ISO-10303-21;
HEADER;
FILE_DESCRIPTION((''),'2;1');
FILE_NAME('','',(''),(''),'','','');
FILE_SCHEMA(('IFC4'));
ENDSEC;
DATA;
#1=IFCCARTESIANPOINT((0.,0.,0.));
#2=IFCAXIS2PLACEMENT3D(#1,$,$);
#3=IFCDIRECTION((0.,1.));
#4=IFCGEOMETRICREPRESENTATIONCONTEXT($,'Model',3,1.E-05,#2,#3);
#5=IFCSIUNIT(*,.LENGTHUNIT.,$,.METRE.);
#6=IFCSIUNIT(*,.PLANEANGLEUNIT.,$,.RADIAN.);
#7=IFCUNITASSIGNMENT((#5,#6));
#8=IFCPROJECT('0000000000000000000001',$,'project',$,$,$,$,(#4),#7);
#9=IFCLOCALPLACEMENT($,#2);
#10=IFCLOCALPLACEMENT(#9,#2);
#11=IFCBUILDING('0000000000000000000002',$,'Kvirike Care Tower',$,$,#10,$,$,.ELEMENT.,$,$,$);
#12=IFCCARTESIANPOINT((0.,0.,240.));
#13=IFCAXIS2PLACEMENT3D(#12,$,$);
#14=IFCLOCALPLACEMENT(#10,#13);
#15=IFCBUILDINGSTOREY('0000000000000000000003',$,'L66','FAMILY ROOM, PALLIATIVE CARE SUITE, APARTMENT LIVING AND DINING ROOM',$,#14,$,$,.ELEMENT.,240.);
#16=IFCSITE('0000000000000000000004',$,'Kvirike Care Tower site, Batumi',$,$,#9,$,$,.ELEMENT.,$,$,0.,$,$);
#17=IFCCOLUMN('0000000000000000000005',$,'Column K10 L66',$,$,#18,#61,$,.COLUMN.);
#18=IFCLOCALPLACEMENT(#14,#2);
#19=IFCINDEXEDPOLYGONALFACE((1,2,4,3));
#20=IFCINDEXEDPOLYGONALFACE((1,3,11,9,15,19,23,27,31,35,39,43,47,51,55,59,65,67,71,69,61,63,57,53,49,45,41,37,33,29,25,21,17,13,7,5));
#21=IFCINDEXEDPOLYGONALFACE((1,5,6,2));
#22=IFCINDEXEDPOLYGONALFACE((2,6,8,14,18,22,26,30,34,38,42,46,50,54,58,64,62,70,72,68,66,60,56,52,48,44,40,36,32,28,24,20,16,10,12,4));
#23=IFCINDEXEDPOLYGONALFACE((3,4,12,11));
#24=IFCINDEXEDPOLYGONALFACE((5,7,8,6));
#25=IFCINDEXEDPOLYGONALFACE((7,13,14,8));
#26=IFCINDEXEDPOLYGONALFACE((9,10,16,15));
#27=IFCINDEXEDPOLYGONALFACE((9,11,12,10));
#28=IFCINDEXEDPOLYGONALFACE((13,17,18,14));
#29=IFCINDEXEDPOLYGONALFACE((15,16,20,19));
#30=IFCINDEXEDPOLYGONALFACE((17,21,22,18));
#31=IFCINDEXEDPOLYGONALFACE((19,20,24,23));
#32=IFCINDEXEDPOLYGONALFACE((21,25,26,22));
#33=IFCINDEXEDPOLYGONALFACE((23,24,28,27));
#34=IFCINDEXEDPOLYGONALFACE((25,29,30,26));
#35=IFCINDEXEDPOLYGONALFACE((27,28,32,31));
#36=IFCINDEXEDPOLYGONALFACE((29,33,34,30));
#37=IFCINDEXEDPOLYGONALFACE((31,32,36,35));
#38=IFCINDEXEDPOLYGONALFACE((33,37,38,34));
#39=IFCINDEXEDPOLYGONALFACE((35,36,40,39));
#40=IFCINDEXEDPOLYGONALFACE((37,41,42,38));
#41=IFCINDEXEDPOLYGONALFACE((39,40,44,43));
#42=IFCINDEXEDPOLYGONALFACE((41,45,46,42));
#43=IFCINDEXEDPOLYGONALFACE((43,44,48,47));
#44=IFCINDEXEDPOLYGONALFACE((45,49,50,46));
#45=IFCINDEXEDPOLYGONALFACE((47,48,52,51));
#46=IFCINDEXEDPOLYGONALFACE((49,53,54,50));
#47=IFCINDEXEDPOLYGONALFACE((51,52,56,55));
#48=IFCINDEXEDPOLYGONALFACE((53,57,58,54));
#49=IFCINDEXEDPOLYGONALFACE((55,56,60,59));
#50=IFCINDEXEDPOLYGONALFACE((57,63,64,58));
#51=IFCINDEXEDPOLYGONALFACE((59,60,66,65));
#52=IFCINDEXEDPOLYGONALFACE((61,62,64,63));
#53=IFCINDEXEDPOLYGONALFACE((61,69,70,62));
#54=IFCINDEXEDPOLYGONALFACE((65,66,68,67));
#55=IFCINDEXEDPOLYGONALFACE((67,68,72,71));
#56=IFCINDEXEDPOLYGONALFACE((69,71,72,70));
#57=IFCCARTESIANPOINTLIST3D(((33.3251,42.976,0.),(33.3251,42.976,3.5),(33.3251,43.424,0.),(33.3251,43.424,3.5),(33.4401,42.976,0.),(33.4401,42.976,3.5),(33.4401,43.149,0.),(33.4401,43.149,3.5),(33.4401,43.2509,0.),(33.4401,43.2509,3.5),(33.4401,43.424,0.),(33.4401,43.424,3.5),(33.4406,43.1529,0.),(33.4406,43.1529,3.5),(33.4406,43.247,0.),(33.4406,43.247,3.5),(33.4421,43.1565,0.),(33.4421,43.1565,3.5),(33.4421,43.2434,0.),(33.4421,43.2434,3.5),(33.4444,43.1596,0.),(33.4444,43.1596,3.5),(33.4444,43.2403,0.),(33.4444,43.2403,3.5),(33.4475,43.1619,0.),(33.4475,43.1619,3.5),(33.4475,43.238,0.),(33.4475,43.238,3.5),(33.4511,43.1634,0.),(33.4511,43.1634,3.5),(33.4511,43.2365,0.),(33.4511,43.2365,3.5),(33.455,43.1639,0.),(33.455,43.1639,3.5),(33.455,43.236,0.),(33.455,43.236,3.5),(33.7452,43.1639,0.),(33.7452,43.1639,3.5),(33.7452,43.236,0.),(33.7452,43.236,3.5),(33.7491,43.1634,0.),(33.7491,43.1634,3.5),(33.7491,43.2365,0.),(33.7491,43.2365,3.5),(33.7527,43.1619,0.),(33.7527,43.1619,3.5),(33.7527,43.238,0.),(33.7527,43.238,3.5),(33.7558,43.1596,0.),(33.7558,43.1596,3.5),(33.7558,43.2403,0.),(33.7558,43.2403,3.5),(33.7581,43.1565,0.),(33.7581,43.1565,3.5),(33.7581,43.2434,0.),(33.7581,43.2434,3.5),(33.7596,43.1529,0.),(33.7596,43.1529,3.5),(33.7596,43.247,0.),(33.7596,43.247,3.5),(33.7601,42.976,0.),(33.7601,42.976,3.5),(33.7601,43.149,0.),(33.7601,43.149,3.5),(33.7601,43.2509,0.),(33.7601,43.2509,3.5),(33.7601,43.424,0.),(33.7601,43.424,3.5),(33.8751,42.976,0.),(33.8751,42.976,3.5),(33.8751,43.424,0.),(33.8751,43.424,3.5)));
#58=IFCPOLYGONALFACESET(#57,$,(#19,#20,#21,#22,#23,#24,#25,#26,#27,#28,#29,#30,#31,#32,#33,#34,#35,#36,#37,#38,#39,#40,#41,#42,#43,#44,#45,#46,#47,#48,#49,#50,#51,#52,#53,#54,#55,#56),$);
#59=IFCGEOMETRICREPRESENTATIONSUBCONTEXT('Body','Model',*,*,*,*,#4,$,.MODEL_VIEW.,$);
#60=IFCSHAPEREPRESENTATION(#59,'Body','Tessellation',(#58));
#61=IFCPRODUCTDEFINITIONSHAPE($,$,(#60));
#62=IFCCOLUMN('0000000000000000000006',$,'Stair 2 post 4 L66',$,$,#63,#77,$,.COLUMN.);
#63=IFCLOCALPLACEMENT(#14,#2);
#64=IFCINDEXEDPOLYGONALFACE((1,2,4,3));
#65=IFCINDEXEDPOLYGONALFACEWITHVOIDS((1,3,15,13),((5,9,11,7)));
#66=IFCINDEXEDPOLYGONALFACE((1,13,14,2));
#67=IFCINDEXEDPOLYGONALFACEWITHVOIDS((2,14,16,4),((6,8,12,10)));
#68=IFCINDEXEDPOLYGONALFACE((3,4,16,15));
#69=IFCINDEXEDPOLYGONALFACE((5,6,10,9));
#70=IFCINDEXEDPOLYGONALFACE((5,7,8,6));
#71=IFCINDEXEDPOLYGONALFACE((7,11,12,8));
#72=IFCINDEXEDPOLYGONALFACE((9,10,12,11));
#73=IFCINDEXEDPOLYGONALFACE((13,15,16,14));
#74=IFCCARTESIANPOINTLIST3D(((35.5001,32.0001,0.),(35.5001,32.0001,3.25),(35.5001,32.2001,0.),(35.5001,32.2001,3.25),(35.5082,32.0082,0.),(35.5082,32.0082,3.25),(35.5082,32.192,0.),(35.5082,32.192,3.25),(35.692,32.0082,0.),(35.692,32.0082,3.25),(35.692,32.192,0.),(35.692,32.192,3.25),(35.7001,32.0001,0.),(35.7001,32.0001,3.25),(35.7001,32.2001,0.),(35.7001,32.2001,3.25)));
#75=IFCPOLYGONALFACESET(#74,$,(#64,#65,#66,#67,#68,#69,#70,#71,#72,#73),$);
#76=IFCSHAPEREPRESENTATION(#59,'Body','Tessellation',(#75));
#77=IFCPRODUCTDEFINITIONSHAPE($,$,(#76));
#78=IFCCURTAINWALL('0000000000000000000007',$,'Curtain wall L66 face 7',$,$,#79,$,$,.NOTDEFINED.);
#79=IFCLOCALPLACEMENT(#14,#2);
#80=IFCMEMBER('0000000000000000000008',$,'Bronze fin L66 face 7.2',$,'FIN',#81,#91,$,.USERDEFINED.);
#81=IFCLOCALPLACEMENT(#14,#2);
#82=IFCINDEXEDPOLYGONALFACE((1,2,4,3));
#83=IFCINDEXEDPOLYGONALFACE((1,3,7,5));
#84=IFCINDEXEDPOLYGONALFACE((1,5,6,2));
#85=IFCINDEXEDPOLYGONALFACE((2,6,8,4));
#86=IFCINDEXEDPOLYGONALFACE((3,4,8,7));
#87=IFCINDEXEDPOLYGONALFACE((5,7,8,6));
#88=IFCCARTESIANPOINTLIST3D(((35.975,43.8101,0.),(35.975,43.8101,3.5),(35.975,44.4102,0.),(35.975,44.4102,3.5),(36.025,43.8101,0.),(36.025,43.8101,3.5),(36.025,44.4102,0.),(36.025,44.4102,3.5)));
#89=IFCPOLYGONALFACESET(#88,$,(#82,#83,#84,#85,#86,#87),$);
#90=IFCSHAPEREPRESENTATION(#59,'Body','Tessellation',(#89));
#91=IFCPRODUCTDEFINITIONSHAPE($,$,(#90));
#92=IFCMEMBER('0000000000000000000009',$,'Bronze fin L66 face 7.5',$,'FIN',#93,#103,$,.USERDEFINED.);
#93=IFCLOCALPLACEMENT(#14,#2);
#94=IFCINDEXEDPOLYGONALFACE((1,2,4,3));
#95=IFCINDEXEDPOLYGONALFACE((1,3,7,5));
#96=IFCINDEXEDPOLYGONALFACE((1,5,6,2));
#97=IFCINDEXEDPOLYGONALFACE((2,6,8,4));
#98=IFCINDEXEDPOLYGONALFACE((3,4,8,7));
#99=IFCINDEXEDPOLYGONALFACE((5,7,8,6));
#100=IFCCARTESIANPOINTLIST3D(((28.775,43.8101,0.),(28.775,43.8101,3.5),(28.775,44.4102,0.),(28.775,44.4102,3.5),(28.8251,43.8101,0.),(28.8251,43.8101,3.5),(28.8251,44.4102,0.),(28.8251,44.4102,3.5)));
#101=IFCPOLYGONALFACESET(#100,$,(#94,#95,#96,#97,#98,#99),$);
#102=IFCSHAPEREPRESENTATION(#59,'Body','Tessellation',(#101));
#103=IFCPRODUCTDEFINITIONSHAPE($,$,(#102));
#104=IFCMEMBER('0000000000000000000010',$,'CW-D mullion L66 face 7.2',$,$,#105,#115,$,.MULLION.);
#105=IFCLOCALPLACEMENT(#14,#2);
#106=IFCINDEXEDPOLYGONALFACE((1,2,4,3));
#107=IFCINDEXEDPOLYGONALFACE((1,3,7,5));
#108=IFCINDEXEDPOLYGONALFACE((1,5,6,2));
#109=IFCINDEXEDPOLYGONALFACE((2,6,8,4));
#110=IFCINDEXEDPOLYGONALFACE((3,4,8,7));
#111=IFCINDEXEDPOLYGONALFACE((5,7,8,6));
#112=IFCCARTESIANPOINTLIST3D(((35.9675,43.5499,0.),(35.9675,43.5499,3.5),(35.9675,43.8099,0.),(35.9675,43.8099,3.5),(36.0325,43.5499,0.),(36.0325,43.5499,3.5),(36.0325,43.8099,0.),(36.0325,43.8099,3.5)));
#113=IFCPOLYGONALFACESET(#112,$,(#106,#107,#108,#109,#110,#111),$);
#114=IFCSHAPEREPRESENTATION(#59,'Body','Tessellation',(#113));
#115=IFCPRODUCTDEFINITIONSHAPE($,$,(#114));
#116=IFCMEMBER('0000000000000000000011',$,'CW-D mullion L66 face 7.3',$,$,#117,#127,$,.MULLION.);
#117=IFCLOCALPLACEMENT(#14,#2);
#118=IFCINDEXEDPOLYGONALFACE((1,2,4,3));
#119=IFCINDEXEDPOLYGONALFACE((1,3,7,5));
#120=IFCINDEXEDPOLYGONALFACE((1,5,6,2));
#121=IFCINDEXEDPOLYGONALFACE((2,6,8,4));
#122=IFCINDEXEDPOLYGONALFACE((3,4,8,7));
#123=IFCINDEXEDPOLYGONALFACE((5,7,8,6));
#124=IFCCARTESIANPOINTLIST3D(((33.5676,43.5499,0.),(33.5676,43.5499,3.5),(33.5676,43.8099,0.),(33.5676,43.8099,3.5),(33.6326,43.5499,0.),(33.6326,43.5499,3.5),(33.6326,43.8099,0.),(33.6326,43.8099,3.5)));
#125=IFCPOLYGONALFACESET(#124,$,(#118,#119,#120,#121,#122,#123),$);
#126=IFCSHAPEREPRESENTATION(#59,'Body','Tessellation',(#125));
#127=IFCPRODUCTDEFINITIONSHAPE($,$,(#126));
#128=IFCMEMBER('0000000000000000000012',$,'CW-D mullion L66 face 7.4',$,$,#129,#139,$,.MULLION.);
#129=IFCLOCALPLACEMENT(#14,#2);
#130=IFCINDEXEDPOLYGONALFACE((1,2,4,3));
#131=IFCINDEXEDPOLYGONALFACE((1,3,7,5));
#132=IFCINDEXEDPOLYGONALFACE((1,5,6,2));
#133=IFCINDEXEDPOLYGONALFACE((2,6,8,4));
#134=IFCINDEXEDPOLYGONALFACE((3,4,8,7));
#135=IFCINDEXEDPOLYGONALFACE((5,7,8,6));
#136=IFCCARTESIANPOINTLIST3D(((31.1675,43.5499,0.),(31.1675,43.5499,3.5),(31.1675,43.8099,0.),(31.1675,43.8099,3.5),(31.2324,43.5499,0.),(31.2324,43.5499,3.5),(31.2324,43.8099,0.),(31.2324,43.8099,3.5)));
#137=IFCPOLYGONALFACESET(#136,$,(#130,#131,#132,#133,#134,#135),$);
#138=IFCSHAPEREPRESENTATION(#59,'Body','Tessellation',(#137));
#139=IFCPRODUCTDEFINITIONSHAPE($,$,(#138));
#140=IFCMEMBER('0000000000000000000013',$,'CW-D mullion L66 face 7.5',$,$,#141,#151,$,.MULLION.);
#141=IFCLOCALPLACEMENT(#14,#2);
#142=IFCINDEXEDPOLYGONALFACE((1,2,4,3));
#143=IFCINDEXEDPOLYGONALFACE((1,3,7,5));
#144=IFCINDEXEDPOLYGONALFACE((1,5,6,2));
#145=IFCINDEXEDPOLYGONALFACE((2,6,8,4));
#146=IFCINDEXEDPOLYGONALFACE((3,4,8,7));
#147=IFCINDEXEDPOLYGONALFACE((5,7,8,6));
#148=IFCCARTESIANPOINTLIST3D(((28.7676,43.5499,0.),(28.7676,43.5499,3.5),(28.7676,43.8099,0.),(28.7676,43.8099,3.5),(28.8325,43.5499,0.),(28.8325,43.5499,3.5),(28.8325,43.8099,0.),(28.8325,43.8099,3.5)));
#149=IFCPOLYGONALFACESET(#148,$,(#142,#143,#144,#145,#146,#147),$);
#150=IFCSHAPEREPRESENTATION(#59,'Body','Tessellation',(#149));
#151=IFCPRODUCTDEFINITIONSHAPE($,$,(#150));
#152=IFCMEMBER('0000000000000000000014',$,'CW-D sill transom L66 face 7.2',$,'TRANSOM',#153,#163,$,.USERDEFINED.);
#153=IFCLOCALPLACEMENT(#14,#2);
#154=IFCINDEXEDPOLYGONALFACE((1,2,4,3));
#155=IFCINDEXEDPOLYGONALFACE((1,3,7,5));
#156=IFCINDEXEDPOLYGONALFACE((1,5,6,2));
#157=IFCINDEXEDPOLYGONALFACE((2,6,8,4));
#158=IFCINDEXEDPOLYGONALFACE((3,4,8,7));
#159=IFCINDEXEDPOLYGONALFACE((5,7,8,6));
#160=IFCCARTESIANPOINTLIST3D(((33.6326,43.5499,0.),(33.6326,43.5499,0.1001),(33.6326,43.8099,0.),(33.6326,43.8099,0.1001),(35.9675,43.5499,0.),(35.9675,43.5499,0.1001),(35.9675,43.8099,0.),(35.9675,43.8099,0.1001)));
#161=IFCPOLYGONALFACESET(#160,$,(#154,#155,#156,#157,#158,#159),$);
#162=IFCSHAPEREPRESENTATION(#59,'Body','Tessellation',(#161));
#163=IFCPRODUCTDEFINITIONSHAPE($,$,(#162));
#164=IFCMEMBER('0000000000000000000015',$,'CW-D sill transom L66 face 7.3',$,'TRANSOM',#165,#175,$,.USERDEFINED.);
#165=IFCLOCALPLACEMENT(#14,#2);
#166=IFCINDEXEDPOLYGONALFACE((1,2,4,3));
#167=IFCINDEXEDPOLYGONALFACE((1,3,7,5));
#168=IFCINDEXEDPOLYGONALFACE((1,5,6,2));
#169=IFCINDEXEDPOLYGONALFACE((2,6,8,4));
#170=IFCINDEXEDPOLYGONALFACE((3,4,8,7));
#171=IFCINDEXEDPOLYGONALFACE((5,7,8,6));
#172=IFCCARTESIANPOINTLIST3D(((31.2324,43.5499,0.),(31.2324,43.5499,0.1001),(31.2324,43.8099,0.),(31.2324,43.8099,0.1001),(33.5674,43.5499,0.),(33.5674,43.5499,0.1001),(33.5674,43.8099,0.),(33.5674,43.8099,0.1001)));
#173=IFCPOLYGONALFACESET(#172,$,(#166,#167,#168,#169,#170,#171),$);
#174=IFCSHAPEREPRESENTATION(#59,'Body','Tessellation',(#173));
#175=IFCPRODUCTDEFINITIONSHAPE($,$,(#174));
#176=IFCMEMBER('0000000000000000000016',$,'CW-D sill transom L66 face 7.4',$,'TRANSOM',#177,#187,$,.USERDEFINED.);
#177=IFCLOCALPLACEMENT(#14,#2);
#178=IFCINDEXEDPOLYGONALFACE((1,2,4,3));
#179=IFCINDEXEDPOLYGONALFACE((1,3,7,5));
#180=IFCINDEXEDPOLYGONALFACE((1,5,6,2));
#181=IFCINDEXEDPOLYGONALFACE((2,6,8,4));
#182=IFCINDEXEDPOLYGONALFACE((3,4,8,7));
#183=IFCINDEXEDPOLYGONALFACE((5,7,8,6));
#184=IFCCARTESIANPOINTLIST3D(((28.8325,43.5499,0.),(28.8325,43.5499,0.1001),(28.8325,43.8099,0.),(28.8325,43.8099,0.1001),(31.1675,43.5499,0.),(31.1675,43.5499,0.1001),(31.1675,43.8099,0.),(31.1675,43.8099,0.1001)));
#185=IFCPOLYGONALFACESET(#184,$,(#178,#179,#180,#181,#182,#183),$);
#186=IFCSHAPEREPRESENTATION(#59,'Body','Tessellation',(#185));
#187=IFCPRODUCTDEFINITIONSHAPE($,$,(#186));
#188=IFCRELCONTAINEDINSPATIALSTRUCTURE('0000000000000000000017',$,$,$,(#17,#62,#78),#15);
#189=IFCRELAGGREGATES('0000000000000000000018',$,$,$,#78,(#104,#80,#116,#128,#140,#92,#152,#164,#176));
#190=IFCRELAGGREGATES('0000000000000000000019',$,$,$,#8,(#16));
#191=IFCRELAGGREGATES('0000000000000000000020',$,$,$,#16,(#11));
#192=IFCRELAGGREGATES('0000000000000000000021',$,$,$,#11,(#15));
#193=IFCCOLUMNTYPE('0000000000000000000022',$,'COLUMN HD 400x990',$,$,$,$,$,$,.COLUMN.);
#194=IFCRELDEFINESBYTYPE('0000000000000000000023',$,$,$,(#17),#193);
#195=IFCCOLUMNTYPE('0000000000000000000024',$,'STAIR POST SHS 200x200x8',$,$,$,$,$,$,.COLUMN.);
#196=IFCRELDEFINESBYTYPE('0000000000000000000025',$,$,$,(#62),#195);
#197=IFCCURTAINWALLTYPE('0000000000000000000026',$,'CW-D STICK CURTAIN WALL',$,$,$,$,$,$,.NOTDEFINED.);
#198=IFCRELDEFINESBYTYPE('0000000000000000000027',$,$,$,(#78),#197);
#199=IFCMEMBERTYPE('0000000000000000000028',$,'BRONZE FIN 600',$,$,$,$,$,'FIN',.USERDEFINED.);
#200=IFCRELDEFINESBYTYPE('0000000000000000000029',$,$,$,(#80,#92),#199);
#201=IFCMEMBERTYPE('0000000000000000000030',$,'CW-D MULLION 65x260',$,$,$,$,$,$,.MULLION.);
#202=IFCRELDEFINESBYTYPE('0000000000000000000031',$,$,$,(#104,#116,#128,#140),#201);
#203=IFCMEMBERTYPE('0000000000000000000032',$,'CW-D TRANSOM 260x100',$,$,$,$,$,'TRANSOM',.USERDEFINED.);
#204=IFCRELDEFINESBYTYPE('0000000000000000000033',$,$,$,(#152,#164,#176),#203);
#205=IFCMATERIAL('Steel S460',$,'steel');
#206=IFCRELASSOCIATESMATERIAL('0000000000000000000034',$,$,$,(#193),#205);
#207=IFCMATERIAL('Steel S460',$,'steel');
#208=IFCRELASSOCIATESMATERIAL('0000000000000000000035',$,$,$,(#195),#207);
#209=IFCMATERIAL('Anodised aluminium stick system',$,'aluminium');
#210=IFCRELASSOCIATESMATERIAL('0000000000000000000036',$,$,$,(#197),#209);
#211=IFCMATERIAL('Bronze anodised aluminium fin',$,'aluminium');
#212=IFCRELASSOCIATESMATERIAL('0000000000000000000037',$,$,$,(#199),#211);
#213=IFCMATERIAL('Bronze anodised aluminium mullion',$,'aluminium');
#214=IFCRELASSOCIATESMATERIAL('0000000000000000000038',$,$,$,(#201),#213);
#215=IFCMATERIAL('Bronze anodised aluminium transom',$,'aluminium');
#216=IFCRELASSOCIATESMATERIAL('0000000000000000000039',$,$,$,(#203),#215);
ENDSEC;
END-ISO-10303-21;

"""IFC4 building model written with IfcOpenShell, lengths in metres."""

from ifc_helpers import new_model, si_unit, direction, frame, origin, origin_2d, place, context, subcontext, project, spatial, rectangle, hollow_rectangle, i_section, extrude, material, material_profile, profile_set, type_object, element, aggregate, save


model = new_model("IFC4")

# Units and contexts
model_context = context("Model", 3, precision=1e-05, world=origin(), true_north=direction((0.0, 1.0)))
body_context = subcontext(model_context, "Body", "Model", "MODEL_VIEW")
ifc_project = project(units=[si_unit("LENGTHUNIT", "METRE"), si_unit("PLANEANGLEUNIT", "RADIAN")], contexts=[model_context])

# Site, building, storey
site_placement = place(None, origin())
site = spatial("IfcSite", under=ifc_project, at=site_placement, Name="Kvirike Care Tower site, Batumi", CompositionType="ELEMENT", RefElevation=0.0)
building_placement = place(site_placement, origin())
building = spatial("IfcBuilding", under=site, at=building_placement, Name="Kvirike Care Tower", CompositionType="ELEMENT")
storey_placement = place(building_placement, frame((0.0, 0.0, 240.0)))
storey = spatial("IfcBuildingStorey", under=building, at=storey_placement, Name="L66", Description="FAMILY ROOM, PALLIATIVE CARE SUITE, APARTMENT LIVING AND DINING ROOM", CompositionType="ELEMENT", Elevation=240.0)

# Columns
ifc_material_1 = material(Name="Steel S460", Category="steel")
ifc_material_profile_1 = material_profile(ifc_material_1, i_section(OverallWidth=0.448, OverallDepth=0.55, WebThickness=0.072, FlangeThickness=0.115, FilletRadius=0.0149, at=origin_2d()), Name="HD 400x990")
ifc_profile_set_1 = profile_set([ifc_material_profile_1], Name="Steel S460")
column_type_1 = type_object("IfcColumnType", Name="COLUMN HD 400x990", PredefinedType="COLUMN", material=ifc_profile_set_1)
column_1_placement = place(storey_placement, frame((33.6001, 43.2, 0.0), z_axis=(0.0, 0.0, 1.0), x_axis=(0.0, 1.0, 0.0)))
element("IfcColumn", 1, at=column_1_placement, inside=storey, type_object=column_type_1, Name="Column K10 L66", PredefinedType="COLUMN", context=body_context, shape_type="SweptSolid", body=[
    extrude(i_section(OverallWidth=0.448, OverallDepth=0.55, WebThickness=0.072, FlangeThickness=0.115, FilletRadius=0.0149, at=origin_2d()), origin(), (0.0, 0.0, 1.0), 3.5),
])
ifc_material_2 = material(Name="Steel S460", Category="steel")
ifc_material_profile_2 = material_profile(ifc_material_2, hollow_rectangle(XDim=0.2, YDim=0.2, WallThickness=0.0081, at=origin_2d()), Name="SHS 200x200x8")
ifc_profile_set_2 = profile_set([ifc_material_profile_2], Name="Steel S460")
column_type_2 = type_object("IfcColumnType", Name="STAIR POST SHS 200x200x8", PredefinedType="COLUMN", material=ifc_profile_set_2)
column_2_placement = place(storey_placement, frame((35.6001, 32.1001, 0.0), z_axis=(0.0, 0.0, 1.0), x_axis=(1.0, 0.0, 0.0)))
element("IfcColumn", 2, at=column_2_placement, inside=storey, type_object=column_type_2, Name="Stair 2 post 4 L66", PredefinedType="COLUMN", context=body_context, shape_type="SweptSolid", body=[
    extrude(hollow_rectangle(XDim=0.2, YDim=0.2, WallThickness=0.0081, at=origin_2d()), origin(), (0.0, 0.0, 1.0), 3.25),
])

# Curtain wall, members
ifc_material_3 = material(Name="Anodised aluminium stick system", Category="aluminium")
curtain_wall_type = type_object("IfcCurtainWallType", Name="CW-D STICK CURTAIN WALL", PredefinedType="NOTDEFINED", material=ifc_material_3)
curtain_wall_placement = place(storey_placement, origin())
curtain_wall = element("IfcCurtainWall", 3, at=curtain_wall_placement, inside=storey, type_object=curtain_wall_type, Name="Curtain wall L66 face 7", PredefinedType="NOTDEFINED")
ifc_material_4 = material(Name="Bronze anodised aluminium fin", Category="aluminium")
ifc_material_profile_3 = material_profile(ifc_material_4, rectangle(XDim=0.05, YDim=0.6001, at=origin_2d()), Name="BRONZE FIN 600")
ifc_profile_set_3 = profile_set([ifc_material_profile_3], Name="Bronze anodised aluminium fin")
member_type_1 = type_object("IfcMemberType", Name="BRONZE FIN 600", ElementType="FIN", PredefinedType="USERDEFINED", material=ifc_profile_set_3)
member_1_placement = place(storey_placement, frame((36.0, 44.1101, 0.0), z_axis=(0.0, 0.0, 1.0), x_axis=(-1.0, 0.0, 0.0)))
member_1 = element("IfcMember", 4, at=member_1_placement, type_object=member_type_1, Name="Bronze fin L66 face 7.2", ObjectType="FIN", PredefinedType="USERDEFINED", context=body_context, shape_type="SweptSolid", body=[
    extrude(rectangle(XDim=0.05, YDim=0.6001, at=origin_2d()), origin(), (0.0, 0.0, 1.0), 3.5),
])
member_2_placement = place(storey_placement, frame((28.8, 44.1101, 0.0), z_axis=(0.0, 0.0, 1.0), x_axis=(-1.0, 0.0, 0.0)))
member_2 = element("IfcMember", 5, at=member_2_placement, type_object=member_type_1, Name="Bronze fin L66 face 7.5", ObjectType="FIN", PredefinedType="USERDEFINED", context=body_context, shape_type="SweptSolid", body=[
    extrude(rectangle(XDim=0.05, YDim=0.6001, at=origin_2d()), origin(), (0.0, 0.0, 1.0), 3.5),
])
ifc_material_5 = material(Name="Bronze anodised aluminium mullion", Category="aluminium")
ifc_material_profile_4 = material_profile(ifc_material_5, rectangle(XDim=0.0649, YDim=0.26, at=origin_2d()), Name="CW-D MULLION 65x260")
ifc_profile_set_4 = profile_set([ifc_material_profile_4], Name="Bronze anodised aluminium mullion")
member_type_2 = type_object("IfcMemberType", Name="CW-D MULLION 65x260", PredefinedType="MULLION", material=ifc_profile_set_4)
member_3_placement = place(storey_placement, frame((36.0, 43.6799, 0.0), z_axis=(0.0, 0.0, 1.0), x_axis=(-1.0, 0.0, 0.0)))
member_3 = element("IfcMember", 6, at=member_3_placement, type_object=member_type_2, Name="CW-D mullion L66 face 7.2", PredefinedType="MULLION", context=body_context, shape_type="SweptSolid", body=[
    extrude(rectangle(XDim=0.0649, YDim=0.26, at=origin_2d()), origin(), (0.0, 0.0, 1.0), 3.5),
])
member_4_placement = place(storey_placement, frame((33.6001, 43.6799, 0.0), z_axis=(0.0, 0.0, 1.0), x_axis=(-1.0, 0.0, 0.0)))
member_4 = element("IfcMember", 7, at=member_4_placement, type_object=member_type_2, Name="CW-D mullion L66 face 7.3", PredefinedType="MULLION", context=body_context, shape_type="SweptSolid", body=[
    extrude(rectangle(XDim=0.0649, YDim=0.26, at=origin_2d()), origin(), (0.0, 0.0, 1.0), 3.5),
])
member_5_placement = place(storey_placement, frame((31.2, 43.6799, 0.0), z_axis=(0.0, 0.0, 1.0), x_axis=(-1.0, 0.0, 0.0)))
member_5 = element("IfcMember", 8, at=member_5_placement, type_object=member_type_2, Name="CW-D mullion L66 face 7.4", PredefinedType="MULLION", context=body_context, shape_type="SweptSolid", body=[
    extrude(rectangle(XDim=0.0649, YDim=0.26, at=origin_2d()), origin(), (0.0, 0.0, 1.0), 3.5),
])
member_6_placement = place(storey_placement, frame((28.8, 43.6799, 0.0), z_axis=(0.0, 0.0, 1.0), x_axis=(-1.0, 0.0, 0.0)))
member_6 = element("IfcMember", 9, at=member_6_placement, type_object=member_type_2, Name="CW-D mullion L66 face 7.5", PredefinedType="MULLION", context=body_context, shape_type="SweptSolid", body=[
    extrude(rectangle(XDim=0.0649, YDim=0.26, at=origin_2d()), origin(), (0.0, 0.0, 1.0), 3.5),
])
ifc_material_6 = material(Name="Bronze anodised aluminium transom", Category="aluminium")
ifc_material_profile_5 = material_profile(ifc_material_6, rectangle(XDim=0.26, YDim=0.1001, at=origin_2d()), Name="CW-D TRANSOM 260x100")
ifc_profile_set_5 = profile_set([ifc_material_profile_5], Name="Bronze anodised aluminium transom")
member_type_3 = type_object("IfcMemberType", Name="CW-D TRANSOM 260x100", ElementType="TRANSOM", PredefinedType="USERDEFINED", material=ifc_profile_set_5)
member_7_placement = place(storey_placement, frame((35.9675, 43.6799, 0.05), z_axis=(-1.0, 0.0, 0.0), x_axis=(0.0, -1.0, 0.0)))
member_7 = element("IfcMember", 10, at=member_7_placement, type_object=member_type_3, Name="CW-D sill transom L66 face 7.2", ObjectType="TRANSOM", PredefinedType="USERDEFINED", context=body_context, shape_type="SweptSolid", body=[
    extrude(rectangle(XDim=0.26, YDim=0.1001, at=origin_2d()), origin(), (0.0, 0.0, 1.0), 2.335),
])
member_8_placement = place(storey_placement, frame((33.5674, 43.6799, 0.05), z_axis=(-1.0, 0.0, 0.0), x_axis=(0.0, -1.0, 0.0)))
member_8 = element("IfcMember", 11, at=member_8_placement, type_object=member_type_3, Name="CW-D sill transom L66 face 7.3", ObjectType="TRANSOM", PredefinedType="USERDEFINED", context=body_context, shape_type="SweptSolid", body=[
    extrude(rectangle(XDim=0.26, YDim=0.1001, at=origin_2d()), origin(), (0.0, 0.0, 1.0), 2.335),
])
member_9_placement = place(storey_placement, frame((31.1675, 43.6799, 0.05), z_axis=(-1.0, 0.0, 0.0), x_axis=(0.0, -1.0, 0.0)))
member_9 = element("IfcMember", 12, at=member_9_placement, type_object=member_type_3, Name="CW-D sill transom L66 face 7.4", ObjectType="TRANSOM", PredefinedType="USERDEFINED", context=body_context, shape_type="SweptSolid", body=[
    extrude(rectangle(XDim=0.26, YDim=0.1001, at=origin_2d()), origin(), (0.0, 0.0, 1.0), 2.335),
])

aggregate(curtain_wall, [member_3, member_1, member_4, member_5, member_6, member_2, member_7, member_8, member_9])

save(model, "model.ifc")
